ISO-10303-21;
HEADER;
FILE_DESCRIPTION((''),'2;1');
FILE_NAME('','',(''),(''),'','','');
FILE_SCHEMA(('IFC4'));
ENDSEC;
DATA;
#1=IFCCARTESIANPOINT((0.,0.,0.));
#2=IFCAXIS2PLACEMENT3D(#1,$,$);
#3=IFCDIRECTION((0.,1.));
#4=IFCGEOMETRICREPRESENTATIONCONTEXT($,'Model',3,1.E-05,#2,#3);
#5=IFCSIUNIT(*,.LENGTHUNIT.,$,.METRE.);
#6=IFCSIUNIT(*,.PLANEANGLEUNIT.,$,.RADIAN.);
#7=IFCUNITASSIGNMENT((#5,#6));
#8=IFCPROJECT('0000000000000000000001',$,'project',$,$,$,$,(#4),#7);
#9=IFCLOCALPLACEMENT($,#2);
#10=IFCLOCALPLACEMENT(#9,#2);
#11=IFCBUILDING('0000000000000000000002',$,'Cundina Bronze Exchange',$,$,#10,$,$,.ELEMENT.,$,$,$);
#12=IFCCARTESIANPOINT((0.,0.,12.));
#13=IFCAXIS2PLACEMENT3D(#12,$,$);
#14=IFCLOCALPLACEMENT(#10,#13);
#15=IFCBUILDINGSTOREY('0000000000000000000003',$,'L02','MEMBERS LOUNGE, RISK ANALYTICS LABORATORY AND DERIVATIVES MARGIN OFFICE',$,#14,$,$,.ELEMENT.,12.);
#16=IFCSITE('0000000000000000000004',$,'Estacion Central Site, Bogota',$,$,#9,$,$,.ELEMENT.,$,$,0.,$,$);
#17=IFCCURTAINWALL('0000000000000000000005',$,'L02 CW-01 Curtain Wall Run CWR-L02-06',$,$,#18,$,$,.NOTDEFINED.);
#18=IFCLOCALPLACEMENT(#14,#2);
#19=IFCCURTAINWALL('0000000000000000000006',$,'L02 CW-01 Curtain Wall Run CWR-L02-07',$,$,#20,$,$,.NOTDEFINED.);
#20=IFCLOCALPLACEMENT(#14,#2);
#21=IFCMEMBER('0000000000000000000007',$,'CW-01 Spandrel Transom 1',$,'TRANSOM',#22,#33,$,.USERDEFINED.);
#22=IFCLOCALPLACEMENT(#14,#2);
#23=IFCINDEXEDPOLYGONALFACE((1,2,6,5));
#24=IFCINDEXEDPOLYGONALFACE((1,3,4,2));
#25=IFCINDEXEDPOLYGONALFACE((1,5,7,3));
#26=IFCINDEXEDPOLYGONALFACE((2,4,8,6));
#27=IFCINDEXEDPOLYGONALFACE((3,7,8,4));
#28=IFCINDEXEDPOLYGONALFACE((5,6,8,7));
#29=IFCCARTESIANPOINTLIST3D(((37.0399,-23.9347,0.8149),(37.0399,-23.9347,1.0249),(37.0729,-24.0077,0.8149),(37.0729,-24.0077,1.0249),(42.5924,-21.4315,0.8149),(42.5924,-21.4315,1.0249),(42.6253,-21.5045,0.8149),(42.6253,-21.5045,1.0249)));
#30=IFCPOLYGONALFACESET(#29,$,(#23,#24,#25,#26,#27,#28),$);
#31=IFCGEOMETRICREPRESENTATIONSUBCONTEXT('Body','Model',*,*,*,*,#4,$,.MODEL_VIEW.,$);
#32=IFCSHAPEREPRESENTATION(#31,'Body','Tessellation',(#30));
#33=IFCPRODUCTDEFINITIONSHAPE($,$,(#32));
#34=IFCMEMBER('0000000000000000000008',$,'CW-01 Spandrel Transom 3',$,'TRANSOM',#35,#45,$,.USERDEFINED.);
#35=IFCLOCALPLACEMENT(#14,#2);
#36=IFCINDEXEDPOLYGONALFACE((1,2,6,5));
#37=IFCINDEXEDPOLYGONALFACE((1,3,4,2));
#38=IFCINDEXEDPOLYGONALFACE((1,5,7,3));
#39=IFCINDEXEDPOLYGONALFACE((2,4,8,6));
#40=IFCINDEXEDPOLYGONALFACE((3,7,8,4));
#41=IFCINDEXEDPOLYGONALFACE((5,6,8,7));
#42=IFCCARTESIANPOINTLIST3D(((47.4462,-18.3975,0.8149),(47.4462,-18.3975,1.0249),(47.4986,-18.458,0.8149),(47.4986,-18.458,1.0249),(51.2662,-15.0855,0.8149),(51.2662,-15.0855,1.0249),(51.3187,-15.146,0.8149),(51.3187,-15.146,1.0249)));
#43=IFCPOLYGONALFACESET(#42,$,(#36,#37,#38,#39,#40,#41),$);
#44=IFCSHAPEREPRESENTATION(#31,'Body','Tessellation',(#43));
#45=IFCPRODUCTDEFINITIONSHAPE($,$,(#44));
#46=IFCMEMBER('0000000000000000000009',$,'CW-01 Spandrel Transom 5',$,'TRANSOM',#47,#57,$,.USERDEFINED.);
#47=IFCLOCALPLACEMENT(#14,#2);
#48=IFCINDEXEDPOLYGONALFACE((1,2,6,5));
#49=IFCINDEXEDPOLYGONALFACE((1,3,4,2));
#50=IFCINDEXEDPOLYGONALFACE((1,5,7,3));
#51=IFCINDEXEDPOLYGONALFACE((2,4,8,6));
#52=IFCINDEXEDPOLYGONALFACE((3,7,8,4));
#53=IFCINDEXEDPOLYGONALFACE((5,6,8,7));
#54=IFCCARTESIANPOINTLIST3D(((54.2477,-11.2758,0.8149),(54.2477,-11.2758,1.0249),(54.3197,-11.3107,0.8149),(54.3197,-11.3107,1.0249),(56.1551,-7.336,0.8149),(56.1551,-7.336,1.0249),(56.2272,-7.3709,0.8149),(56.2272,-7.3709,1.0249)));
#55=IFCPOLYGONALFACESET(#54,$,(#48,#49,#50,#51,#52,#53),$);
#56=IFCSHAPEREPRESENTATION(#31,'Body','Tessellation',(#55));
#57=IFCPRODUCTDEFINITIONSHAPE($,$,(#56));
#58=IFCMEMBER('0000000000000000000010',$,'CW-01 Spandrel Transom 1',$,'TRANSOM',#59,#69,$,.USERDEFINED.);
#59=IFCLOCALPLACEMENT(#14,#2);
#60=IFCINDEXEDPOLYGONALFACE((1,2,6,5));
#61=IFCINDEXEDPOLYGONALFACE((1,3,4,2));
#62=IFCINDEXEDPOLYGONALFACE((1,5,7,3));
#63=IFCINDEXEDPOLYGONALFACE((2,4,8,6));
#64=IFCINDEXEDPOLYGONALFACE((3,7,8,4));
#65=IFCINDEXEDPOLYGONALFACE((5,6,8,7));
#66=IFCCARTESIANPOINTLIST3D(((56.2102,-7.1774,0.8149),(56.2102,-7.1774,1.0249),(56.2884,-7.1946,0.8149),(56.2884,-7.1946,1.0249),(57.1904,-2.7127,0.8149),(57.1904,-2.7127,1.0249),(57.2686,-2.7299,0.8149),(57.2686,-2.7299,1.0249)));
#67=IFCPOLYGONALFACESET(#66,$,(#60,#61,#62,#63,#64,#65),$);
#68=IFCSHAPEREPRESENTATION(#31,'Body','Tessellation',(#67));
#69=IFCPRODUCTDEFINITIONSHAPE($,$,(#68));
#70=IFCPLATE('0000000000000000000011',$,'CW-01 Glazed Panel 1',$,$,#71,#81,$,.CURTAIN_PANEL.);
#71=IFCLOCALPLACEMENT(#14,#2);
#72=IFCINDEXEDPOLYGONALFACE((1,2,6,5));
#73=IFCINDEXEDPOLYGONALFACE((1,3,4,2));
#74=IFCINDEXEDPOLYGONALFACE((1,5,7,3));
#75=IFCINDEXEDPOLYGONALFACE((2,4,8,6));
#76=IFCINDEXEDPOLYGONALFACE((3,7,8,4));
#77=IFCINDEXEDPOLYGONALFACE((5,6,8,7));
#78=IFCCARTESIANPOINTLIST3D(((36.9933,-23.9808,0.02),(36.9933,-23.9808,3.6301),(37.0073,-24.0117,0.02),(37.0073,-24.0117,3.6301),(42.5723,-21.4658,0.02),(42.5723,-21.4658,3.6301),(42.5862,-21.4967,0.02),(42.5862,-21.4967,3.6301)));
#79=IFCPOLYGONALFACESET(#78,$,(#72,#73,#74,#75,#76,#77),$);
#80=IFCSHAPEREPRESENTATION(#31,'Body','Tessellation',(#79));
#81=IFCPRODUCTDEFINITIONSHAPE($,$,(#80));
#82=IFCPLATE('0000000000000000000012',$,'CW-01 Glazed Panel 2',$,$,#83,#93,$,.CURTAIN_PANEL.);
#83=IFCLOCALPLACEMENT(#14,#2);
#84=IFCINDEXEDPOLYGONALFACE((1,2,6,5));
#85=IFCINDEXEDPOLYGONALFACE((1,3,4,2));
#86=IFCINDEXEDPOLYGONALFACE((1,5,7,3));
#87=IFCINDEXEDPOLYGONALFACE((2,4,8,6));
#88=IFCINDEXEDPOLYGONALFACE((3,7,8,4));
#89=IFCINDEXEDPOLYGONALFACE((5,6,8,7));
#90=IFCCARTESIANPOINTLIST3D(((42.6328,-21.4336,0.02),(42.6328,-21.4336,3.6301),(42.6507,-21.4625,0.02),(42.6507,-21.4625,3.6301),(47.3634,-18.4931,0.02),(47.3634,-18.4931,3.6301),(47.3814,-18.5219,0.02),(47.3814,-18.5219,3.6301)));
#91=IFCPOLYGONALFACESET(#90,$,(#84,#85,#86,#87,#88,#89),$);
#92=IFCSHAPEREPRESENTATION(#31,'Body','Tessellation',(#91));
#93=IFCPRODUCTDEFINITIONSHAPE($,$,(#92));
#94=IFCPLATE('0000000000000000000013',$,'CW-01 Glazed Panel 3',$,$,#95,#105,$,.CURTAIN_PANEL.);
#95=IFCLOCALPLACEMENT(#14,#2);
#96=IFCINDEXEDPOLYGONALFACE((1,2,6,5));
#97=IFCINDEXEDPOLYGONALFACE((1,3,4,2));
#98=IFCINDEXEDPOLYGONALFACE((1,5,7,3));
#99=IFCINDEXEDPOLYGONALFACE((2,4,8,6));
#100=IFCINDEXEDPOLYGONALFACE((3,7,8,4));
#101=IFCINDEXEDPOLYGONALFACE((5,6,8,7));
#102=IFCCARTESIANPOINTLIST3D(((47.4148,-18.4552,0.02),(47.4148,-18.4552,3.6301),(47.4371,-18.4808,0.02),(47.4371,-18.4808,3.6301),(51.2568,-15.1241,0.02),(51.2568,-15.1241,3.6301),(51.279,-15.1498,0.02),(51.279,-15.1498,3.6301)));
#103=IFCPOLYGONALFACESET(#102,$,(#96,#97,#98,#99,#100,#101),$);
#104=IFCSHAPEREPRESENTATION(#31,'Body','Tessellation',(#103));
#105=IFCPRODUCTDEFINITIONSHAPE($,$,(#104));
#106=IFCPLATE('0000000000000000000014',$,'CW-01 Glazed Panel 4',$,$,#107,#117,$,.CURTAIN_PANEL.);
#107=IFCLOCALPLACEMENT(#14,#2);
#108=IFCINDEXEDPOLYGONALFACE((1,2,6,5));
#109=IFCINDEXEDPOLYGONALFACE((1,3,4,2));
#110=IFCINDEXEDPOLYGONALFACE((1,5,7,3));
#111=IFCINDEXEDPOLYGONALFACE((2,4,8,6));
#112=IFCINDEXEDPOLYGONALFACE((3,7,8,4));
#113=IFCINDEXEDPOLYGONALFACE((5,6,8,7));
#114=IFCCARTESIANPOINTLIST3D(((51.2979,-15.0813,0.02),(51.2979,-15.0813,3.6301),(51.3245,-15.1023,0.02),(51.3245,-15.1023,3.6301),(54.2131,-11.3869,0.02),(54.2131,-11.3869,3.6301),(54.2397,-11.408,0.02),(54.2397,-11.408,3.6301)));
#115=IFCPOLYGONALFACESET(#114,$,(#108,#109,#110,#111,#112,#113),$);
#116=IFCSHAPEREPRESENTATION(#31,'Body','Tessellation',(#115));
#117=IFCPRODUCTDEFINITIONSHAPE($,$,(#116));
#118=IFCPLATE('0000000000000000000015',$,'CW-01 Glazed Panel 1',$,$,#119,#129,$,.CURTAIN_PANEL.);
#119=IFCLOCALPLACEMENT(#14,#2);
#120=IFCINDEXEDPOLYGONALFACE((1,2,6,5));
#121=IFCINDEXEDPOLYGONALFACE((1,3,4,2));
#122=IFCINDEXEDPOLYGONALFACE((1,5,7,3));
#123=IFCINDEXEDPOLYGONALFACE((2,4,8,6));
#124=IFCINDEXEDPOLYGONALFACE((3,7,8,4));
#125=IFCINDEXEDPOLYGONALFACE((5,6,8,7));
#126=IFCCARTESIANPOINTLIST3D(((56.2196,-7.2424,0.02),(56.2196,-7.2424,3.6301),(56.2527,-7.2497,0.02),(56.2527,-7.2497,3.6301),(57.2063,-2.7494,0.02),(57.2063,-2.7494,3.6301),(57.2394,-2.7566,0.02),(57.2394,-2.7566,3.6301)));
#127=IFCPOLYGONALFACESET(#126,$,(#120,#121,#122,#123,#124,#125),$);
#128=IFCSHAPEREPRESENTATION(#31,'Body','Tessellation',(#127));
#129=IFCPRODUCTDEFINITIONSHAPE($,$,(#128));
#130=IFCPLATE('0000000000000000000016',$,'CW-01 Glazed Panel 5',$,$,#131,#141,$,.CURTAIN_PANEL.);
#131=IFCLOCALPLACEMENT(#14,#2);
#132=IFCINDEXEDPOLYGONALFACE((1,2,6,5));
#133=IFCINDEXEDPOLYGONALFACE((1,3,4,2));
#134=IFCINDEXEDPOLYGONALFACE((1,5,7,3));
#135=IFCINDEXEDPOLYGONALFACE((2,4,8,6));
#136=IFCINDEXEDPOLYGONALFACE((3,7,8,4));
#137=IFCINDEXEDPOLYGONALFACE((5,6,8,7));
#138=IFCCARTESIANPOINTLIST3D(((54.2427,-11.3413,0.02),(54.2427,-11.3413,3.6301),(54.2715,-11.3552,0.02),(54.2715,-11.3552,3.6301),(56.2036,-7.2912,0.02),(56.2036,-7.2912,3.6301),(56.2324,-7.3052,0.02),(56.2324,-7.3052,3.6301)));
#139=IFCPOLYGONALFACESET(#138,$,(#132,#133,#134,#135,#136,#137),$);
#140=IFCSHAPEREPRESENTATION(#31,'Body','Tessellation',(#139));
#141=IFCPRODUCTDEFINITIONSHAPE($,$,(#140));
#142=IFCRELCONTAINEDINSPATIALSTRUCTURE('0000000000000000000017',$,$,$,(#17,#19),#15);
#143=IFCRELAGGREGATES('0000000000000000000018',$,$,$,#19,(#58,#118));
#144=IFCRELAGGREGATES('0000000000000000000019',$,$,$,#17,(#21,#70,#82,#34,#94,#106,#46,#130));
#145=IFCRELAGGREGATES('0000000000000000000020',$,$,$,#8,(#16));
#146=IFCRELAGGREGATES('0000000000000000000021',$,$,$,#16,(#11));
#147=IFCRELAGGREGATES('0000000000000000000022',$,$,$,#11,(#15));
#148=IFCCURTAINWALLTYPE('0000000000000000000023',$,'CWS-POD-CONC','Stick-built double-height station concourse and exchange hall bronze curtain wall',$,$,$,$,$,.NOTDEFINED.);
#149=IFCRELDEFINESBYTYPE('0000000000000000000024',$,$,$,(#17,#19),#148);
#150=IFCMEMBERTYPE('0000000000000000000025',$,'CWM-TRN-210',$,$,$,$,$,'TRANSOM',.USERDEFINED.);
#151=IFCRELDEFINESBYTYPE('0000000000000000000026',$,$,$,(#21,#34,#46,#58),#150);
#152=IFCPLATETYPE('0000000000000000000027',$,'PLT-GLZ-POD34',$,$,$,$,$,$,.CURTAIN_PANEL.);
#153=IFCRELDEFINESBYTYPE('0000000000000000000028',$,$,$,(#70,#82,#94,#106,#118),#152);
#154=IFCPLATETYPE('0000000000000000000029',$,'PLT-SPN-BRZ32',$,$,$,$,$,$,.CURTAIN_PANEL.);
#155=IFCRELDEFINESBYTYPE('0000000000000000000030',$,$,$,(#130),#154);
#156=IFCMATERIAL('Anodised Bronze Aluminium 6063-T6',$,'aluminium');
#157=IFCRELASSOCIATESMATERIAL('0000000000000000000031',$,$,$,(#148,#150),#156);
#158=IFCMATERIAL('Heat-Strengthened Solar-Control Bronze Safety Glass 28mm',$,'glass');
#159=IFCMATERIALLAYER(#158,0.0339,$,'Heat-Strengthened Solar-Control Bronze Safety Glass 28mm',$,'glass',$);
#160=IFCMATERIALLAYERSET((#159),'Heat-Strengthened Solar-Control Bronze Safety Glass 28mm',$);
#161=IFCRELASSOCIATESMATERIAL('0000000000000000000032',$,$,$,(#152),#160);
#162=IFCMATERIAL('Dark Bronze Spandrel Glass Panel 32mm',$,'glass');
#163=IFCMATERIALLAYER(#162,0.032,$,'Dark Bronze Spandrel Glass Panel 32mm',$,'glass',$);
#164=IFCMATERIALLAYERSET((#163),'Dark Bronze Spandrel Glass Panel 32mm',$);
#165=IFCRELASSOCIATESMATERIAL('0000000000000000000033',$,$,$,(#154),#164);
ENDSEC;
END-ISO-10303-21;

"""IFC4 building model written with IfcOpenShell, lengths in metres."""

from ifc_helpers import new_model, si_unit, direction, frame, origin, origin_2d, place, context, subcontext, project, spatial, rectangle, extrude, material, layer, layer_set, material_profile, profile_set, type_object, element, aggregate, save


model = new_model("IFC4")

# Units and contexts
model_context = context("Model", 3, precision=1e-05, world=origin(), true_north=direction((0.0, 1.0)))
body_context = subcontext(model_context, "Body", "Model", "MODEL_VIEW")
ifc_project = project(units=[si_unit("LENGTHUNIT", "METRE"), si_unit("PLANEANGLEUNIT", "RADIAN")], contexts=[model_context])

# Site, building, storey
site_placement = place(None, origin())
site = spatial("IfcSite", under=ifc_project, at=site_placement, Name="Estacion Central Site, Bogota", CompositionType="ELEMENT", RefElevation=0.0)
building_placement = place(site_placement, origin())
building = spatial("IfcBuilding", under=site, at=building_placement, Name="Cundina Bronze Exchange", CompositionType="ELEMENT")
storey_placement = place(building_placement, frame((0.0, 0.0, 12.0)))
storey = spatial("IfcBuildingStorey", under=building, at=storey_placement, Name="L02", Description="MEMBERS LOUNGE, RISK ANALYTICS LABORATORY AND DERIVATIVES MARGIN OFFICE", CompositionType="ELEMENT", Elevation=12.0)

# Curtain wall
ifc_material_1 = material(Name="Anodised Bronze Aluminium 6063-T6", Category="aluminium")
curtain_wall_type = type_object("IfcCurtainWallType", Name="CWS-POD-CONC", Description="Stick-built double-height station concourse and exchange hall bronze curtain wall", PredefinedType="NOTDEFINED", material=ifc_material_1)
curtain_wall_1_placement = place(storey_placement, origin())
curtain_wall_1 = element("IfcCurtainWall", 1, at=curtain_wall_1_placement, inside=storey, type_object=curtain_wall_type, Name="L02 CW-01 Curtain Wall Run CWR-L02-06", PredefinedType="NOTDEFINED")

# Curtain wall
curtain_wall_2_placement = place(storey_placement, origin())
curtain_wall_2 = element("IfcCurtainWall", 2, at=curtain_wall_2_placement, inside=storey, type_object=curtain_wall_type, Name="L02 CW-01 Curtain Wall Run CWR-L02-07", PredefinedType="NOTDEFINED")

# Members
ifc_material_profile_1 = material_profile(ifc_material_1, rectangle(XDim=0.0801, YDim=0.21, at=origin_2d()), Name="AL80X210", Category="aluminium")
ifc_profile_set_1 = profile_set([ifc_material_profile_1], Name="Anodised Bronze Aluminium 6063-T6")
member_type_1 = type_object("IfcMemberType", Name="CWM-TRN-210", ElementType="TRANSOM", PredefinedType="USERDEFINED", material=ifc_profile_set_1)
member_1_placement = place(storey_placement, frame((37.0564, -23.9712, 0.9199), z_axis=(0.911642, 0.410986, 0.0), x_axis=(-0.410986, 0.911642, 0.0)))
member_1 = element("IfcMember", 3, at=member_1_placement, type_object=member_type_1, Name="CW-01 Spandrel Transom 1", ObjectType="TRANSOM", PredefinedType="USERDEFINED", context=body_context, shape_type="SweptSolid", body=[
    extrude(rectangle(XDim=0.0801, YDim=0.21, at=origin_2d()), origin(), (0.0, 0.0, 1.0), 6.0906),
])
member_2_placement = place(storey_placement, frame((47.4724, -18.4277, 0.9199), z_axis=(0.755563, 0.655076, 0.0), x_axis=(-0.655076, 0.755563, 0.0)))
member_2 = element("IfcMember", 4, at=member_2_placement, type_object=member_type_1, Name="CW-01 Spandrel Transom 3", ObjectType="TRANSOM", PredefinedType="USERDEFINED", context=body_context, shape_type="SweptSolid", body=[
    extrude(rectangle(XDim=0.0801, YDim=0.21, at=origin_2d()), origin(), (0.0, 0.0, 1.0), 5.0559),
])
member_3_placement = place(storey_placement, frame((54.2837, -11.2932, 0.9199), z_axis=(0.435777, 0.900055, 0.0), x_axis=(-0.900055, 0.435777, 0.0)))
member_3 = element("IfcMember", 5, at=member_3_placement, type_object=member_type_1, Name="CW-01 Spandrel Transom 5", ObjectType="TRANSOM", PredefinedType="USERDEFINED", context=body_context, shape_type="SweptSolid", body=[
    extrude(rectangle(XDim=0.0801, YDim=0.21, at=origin_2d()), origin(), (0.0, 0.0, 1.0), 4.3772),
])
member_4_placement = place(storey_placement, frame((56.2493, -7.186, 0.9199), z_axis=(0.214447, 0.976736, 0.0), x_axis=(-0.976736, 0.214447, 0.0)))
member_4 = element("IfcMember", 6, at=member_4_placement, type_object=member_type_1, Name="CW-01 Spandrel Transom 1", ObjectType="TRANSOM", PredefinedType="USERDEFINED", context=body_context, shape_type="SweptSolid", body=[
    extrude(rectangle(XDim=0.0801, YDim=0.21, at=origin_2d()), origin(), (0.0, 0.0, 1.0), 4.571),
])

# Plates
ifc_material_2 = material(Name="Heat-Strengthened Solar-Control Bronze Safety Glass 28mm", Category="glass")
ifc_layer_1 = layer(ifc_material_2, 0.0339, Name="Heat-Strengthened Solar-Control Bronze Safety Glass 28mm", Category="glass")
ifc_layer_set_1 = layer_set([ifc_layer_1], Name="Heat-Strengthened Solar-Control Bronze Safety Glass 28mm")
plate_type_1 = type_object("IfcPlateType", Name="PLT-GLZ-POD34", PredefinedType="CURTAIN_PANEL", material=ifc_layer_set_1)
plate_1_placement = place(storey_placement, frame((39.7898, -22.7388, 0.02), z_axis=(0.0, 0.0, 1.0), x_axis=(0.911647, 0.410973, 0.0)))
plate_1 = element("IfcPlate", 7, at=plate_1_placement, type_object=plate_type_1, Name="CW-01 Glazed Panel 1", PredefinedType="CURTAIN_PANEL", context=body_context, shape_type="SweptSolid", body=[
    extrude(rectangle(XDim=6.1196, YDim=0.0339, at=origin_2d()), origin(), (0.0, 0.0, 1.0), 3.6101),
])
plate_2_placement = place(storey_placement, frame((45.0071, -19.9778, 0.02), z_axis=(0.0, 0.0, 1.0), x_axis=(0.849294, 0.52792, 0.0)))
plate_2 = element("IfcPlate", 8, at=plate_2_placement, type_object=plate_type_1, Name="CW-01 Glazed Panel 2", PredefinedType="CURTAIN_PANEL", context=body_context, shape_type="SweptSolid", body=[
    extrude(rectangle(XDim=5.5701, YDim=0.0339, at=origin_2d()), origin(), (0.0, 0.0, 1.0), 3.6101),
])
plate_3_placement = place(storey_placement, frame((49.3469, -16.8025, 0.02), z_axis=(0.0, 0.0, 1.0), x_axis=(0.755556, 0.655084, 0.0)))
plate_3 = element("IfcPlate", 9, at=plate_3_placement, type_object=plate_type_1, Name="CW-01 Glazed Panel 3", PredefinedType="CURTAIN_PANEL", context=body_context, shape_type="SweptSolid", body=[
    extrude(rectangle(XDim=5.085, YDim=0.0339, at=origin_2d()), origin(), (0.0, 0.0, 1.0), 3.6101),
])
plate_4_placement = place(storey_placement, frame((52.7688, -13.2446, 0.02), z_axis=(0.0, 0.0, 1.0), x_axis=(0.619464, 0.785025, 0.0)))
plate_4 = element("IfcPlate", 10, at=plate_4_placement, type_object=plate_type_1, Name="CW-01 Glazed Panel 4", PredefinedType="CURTAIN_PANEL", context=body_context, shape_type="SweptSolid", body=[
    extrude(rectangle(XDim=4.7061, YDim=0.0339, at=origin_2d()), origin(), (0.0, 0.0, 1.0), 3.6101),
])
plate_5_placement = place(storey_placement, frame((56.7295, -4.9995, 0.02), z_axis=(0.0, 0.0, 1.0), x_axis=(0.214497, 0.976725, 0.0)))
plate_5 = element("IfcPlate", 11, at=plate_5_placement, type_object=plate_type_1, Name="CW-01 Glazed Panel 1", PredefinedType="CURTAIN_PANEL", context=body_context, shape_type="SweptSolid", body=[
    extrude(rectangle(XDim=4.6001, YDim=0.0339, at=origin_2d()), origin(), (0.0, 0.0, 1.0), 3.6101),
])
aggregate(curtain_wall_2, [member_4, plate_5])
ifc_material_3 = material(Name="Dark Bronze Spandrel Glass Panel 32mm", Category="glass")
ifc_layer_2 = layer(ifc_material_3, 0.032, Name="Dark Bronze Spandrel Glass Panel 32mm", Category="glass")
ifc_layer_set_2 = layer_set([ifc_layer_2], Name="Dark Bronze Spandrel Glass Panel 32mm")
plate_type_2 = type_object("IfcPlateType", Name="PLT-SPN-BRZ32", PredefinedType="CURTAIN_PANEL", material=ifc_layer_set_2)
plate_6_placement = place(storey_placement, frame((55.2375, -9.3232, 0.02), z_axis=(0.0, 0.0, 1.0), x_axis=(0.435765, 0.90006, 0.0)))
plate_6 = element("IfcPlate", 12, at=plate_6_placement, type_object=plate_type_2, Name="CW-01 Glazed Panel 5", PredefinedType="CURTAIN_PANEL", context=body_context, shape_type="SweptSolid", body=[
    extrude(rectangle(XDim=4.4998, YDim=0.032, at=origin_2d()), origin(), (0.0, 0.0, 1.0), 3.6101),
])
aggregate(curtain_wall_1, [member_1, plate_1, plate_2, member_2, plate_3, plate_4, member_3, plate_6])

save(model, "model.ifc")
